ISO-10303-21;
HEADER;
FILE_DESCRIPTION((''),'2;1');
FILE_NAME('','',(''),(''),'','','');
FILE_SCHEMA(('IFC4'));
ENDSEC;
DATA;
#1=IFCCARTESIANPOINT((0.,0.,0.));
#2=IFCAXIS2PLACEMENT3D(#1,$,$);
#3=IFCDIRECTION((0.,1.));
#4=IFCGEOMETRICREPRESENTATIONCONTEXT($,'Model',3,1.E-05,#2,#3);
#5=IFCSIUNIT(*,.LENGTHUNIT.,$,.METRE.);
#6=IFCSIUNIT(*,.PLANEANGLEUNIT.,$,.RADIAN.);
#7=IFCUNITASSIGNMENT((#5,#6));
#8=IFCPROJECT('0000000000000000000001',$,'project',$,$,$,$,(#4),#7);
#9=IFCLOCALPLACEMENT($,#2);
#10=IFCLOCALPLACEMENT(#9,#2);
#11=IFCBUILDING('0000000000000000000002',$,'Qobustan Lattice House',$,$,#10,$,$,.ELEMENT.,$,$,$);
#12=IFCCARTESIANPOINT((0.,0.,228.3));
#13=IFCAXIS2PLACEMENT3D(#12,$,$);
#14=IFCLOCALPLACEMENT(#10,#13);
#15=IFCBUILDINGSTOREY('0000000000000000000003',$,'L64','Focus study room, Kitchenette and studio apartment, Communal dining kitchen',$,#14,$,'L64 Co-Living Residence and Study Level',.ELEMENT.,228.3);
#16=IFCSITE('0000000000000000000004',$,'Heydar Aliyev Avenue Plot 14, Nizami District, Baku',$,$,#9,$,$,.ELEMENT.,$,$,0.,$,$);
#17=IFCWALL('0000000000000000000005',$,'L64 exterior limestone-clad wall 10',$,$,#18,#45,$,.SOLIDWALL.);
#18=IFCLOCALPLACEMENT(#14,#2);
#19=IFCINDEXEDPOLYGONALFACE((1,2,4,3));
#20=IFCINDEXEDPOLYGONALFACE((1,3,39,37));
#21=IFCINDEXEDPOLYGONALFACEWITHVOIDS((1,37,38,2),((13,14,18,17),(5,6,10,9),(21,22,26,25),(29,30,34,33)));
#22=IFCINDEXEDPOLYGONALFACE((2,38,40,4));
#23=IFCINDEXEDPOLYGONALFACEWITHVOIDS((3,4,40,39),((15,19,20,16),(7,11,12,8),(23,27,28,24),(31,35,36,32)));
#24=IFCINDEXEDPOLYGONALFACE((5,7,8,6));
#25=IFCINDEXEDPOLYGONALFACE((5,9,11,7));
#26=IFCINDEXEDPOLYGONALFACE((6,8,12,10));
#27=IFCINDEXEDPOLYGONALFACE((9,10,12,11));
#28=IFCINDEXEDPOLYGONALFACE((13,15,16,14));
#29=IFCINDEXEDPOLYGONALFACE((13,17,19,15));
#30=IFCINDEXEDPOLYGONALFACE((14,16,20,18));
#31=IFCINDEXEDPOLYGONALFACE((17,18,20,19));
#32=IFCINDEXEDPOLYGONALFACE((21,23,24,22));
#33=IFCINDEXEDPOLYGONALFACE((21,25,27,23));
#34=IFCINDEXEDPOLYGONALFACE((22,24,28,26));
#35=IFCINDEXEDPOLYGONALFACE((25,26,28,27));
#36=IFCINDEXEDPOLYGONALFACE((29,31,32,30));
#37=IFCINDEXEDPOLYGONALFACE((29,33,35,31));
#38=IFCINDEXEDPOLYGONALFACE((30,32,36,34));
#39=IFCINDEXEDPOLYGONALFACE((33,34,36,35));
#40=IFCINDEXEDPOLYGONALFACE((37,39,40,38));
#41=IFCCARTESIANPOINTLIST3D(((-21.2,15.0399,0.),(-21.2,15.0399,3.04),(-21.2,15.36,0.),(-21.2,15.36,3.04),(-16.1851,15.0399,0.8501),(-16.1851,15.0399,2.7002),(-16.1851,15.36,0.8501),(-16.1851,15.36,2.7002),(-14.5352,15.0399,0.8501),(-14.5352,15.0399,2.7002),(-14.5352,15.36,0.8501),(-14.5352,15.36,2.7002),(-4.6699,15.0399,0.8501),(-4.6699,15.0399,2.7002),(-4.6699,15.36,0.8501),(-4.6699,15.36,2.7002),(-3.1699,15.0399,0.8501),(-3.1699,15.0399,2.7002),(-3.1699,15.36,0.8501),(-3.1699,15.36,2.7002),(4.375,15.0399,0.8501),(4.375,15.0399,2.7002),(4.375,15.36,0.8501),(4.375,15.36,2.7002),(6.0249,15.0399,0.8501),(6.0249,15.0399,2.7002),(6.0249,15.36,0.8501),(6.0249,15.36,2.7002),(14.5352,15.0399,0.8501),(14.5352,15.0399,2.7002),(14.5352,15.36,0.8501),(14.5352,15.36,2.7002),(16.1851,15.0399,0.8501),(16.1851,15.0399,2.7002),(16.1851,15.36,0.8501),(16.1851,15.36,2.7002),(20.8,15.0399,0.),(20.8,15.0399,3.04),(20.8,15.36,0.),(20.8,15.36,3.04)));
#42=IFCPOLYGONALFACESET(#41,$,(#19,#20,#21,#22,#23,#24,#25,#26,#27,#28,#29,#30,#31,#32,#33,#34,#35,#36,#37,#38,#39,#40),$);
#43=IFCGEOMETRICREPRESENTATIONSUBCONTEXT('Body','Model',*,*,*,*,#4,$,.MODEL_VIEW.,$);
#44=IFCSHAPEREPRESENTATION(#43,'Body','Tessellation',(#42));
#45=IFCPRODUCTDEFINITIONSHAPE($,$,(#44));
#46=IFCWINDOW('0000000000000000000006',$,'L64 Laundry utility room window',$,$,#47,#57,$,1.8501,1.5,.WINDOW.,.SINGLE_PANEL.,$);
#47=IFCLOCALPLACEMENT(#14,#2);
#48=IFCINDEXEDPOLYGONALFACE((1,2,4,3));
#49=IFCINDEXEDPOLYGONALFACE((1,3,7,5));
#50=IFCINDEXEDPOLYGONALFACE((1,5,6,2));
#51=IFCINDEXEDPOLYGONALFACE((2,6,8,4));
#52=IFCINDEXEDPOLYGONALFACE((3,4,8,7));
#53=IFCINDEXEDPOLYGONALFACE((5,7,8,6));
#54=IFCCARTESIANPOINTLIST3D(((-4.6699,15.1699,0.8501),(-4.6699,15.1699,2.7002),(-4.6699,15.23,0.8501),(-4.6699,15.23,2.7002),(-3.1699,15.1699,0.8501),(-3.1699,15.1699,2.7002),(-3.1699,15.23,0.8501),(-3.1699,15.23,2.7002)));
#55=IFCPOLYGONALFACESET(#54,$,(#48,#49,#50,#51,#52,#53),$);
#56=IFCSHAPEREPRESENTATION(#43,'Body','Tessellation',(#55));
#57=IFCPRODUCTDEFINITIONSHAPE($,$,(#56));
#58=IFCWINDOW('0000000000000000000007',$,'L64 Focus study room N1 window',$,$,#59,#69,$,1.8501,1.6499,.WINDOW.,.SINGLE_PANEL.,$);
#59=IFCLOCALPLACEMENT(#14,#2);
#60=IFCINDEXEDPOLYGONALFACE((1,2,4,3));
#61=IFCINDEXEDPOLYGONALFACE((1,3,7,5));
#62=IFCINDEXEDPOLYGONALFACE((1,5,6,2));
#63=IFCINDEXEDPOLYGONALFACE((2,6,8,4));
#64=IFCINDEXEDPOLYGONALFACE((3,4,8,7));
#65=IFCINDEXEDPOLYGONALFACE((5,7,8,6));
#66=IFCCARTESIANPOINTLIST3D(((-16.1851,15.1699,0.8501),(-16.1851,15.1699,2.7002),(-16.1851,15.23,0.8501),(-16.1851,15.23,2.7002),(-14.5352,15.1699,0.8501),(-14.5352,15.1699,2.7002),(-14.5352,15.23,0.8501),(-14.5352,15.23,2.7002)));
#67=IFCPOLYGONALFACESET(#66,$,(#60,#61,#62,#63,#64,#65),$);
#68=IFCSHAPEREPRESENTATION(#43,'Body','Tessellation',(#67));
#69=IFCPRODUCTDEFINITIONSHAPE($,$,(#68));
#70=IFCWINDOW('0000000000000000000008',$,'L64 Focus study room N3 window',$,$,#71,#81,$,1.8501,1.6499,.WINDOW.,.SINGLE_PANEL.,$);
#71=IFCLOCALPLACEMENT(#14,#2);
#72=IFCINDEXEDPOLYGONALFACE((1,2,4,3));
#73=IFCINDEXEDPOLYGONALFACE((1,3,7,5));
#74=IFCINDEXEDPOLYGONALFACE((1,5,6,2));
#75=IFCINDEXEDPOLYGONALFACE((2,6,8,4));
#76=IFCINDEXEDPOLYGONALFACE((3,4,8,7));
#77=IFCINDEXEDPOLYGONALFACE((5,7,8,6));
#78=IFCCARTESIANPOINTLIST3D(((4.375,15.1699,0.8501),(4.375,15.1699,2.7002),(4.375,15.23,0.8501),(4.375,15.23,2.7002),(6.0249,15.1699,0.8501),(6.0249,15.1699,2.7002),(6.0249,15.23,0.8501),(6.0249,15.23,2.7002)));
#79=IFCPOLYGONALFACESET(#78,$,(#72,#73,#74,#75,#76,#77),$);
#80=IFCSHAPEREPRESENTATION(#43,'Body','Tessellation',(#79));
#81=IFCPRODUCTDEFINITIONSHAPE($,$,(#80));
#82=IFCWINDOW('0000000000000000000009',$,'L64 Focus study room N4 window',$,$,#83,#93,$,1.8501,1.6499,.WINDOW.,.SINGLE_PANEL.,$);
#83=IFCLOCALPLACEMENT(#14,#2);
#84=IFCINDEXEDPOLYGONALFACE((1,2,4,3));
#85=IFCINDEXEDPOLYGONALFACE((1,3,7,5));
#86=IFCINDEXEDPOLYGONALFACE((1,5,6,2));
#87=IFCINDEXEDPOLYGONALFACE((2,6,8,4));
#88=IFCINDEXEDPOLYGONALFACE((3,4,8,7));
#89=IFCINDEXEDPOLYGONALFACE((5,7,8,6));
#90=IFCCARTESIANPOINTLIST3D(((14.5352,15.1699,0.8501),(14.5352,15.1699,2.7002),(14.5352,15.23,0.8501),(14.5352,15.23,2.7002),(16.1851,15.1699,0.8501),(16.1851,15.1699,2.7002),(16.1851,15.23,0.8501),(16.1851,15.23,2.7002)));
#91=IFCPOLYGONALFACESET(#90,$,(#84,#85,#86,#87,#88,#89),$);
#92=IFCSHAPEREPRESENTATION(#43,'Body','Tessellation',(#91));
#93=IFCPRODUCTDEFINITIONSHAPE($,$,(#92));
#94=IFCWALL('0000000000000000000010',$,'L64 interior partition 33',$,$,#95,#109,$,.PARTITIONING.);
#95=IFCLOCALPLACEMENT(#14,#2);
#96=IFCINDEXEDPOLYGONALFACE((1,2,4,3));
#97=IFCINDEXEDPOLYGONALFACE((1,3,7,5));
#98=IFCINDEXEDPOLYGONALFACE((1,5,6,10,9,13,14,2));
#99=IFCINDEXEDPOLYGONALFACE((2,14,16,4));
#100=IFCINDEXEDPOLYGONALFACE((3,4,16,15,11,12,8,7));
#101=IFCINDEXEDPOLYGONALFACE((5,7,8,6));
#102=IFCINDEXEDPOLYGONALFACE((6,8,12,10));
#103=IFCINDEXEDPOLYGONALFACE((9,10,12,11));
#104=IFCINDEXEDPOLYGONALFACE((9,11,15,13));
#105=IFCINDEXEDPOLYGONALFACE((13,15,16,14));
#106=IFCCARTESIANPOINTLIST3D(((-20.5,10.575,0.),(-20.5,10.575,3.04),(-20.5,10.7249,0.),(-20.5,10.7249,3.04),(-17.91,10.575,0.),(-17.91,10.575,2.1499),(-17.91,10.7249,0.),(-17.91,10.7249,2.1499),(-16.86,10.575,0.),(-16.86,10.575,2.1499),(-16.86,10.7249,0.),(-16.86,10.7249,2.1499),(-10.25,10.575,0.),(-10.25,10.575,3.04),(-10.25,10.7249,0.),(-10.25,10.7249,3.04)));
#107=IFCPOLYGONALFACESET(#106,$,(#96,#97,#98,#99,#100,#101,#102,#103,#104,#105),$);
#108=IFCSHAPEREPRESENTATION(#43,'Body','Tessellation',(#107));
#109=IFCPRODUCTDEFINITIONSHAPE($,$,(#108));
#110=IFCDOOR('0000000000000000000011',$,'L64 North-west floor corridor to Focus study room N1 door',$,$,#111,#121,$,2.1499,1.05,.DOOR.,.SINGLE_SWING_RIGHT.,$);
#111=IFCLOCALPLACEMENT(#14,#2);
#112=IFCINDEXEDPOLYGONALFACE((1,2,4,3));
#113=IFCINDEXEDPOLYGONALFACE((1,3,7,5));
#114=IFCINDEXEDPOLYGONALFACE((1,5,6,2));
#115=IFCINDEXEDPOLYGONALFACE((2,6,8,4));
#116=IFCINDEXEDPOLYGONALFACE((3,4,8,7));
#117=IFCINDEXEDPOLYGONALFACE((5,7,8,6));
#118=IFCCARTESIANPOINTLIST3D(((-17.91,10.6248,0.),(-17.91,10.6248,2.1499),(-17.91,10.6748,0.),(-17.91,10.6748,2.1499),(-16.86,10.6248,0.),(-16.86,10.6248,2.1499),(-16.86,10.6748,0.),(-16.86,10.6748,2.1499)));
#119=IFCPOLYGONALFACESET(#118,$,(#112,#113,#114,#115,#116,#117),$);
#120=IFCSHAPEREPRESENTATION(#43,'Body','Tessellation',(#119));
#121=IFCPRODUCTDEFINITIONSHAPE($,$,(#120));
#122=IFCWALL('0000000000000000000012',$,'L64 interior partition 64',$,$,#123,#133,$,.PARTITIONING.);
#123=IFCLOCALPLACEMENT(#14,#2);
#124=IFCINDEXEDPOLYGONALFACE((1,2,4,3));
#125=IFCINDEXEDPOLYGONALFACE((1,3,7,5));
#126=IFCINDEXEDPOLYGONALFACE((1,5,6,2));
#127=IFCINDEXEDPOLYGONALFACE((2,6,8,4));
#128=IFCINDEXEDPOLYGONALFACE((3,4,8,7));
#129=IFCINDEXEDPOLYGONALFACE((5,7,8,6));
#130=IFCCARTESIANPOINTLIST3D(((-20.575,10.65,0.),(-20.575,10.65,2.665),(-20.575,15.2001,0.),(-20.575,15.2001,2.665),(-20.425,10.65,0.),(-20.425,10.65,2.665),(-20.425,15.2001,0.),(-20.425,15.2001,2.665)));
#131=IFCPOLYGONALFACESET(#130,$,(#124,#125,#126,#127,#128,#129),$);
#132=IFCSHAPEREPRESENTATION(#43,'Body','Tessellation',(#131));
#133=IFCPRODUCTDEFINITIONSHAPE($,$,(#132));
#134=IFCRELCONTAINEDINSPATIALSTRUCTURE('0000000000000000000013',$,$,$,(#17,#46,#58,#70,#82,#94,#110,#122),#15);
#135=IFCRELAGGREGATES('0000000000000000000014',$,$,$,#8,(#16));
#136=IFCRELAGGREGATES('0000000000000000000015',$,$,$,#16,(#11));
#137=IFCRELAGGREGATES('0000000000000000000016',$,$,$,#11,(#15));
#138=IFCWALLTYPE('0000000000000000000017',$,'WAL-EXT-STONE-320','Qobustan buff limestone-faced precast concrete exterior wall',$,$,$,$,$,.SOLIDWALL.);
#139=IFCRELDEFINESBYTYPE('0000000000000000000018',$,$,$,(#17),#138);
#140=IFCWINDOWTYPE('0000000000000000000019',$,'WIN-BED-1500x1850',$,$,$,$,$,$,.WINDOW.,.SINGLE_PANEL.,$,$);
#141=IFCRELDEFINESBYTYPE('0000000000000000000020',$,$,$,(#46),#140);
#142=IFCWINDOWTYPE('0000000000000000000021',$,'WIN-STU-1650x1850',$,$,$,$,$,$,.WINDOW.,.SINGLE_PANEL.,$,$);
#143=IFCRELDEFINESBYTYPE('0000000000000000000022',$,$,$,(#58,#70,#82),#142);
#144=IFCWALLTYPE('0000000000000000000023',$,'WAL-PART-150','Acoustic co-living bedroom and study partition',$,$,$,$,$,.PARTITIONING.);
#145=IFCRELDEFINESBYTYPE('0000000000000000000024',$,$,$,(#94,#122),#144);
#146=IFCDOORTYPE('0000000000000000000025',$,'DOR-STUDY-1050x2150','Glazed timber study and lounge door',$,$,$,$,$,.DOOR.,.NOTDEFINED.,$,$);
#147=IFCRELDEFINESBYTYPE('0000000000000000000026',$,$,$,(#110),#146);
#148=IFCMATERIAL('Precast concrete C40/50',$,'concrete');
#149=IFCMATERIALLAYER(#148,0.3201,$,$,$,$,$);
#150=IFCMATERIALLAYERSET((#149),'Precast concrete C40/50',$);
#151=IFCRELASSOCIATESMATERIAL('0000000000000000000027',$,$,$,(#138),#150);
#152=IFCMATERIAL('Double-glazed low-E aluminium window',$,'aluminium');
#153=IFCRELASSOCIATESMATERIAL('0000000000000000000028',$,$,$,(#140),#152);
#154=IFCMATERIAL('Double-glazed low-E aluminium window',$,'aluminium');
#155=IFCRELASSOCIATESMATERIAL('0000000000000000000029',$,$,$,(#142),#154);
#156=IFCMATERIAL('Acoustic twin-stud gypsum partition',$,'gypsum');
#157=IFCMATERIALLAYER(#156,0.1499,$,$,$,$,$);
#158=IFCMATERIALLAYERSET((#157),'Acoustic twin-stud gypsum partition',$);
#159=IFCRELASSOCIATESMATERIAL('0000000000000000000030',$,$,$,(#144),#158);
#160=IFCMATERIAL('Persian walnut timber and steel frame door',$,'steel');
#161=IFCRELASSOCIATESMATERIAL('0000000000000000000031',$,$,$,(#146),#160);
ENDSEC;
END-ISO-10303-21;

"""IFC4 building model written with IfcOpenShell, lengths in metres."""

from ifc_helpers import new_model, si_unit, direction, frame, frame_2d, origin, place, context, subcontext, project, spatial, rectangle, extrude, material, layer, layer_set, type_object, element, fill, save


model = new_model("IFC4")

# Units and contexts
model_context = context("Model", 3, precision=1e-05, world=origin(), true_north=direction((0.0, 1.0)))
body_context = subcontext(model_context, "Body", "Model", "MODEL_VIEW")
ifc_project = project(units=[si_unit("LENGTHUNIT", "METRE"), si_unit("PLANEANGLEUNIT", "RADIAN")], contexts=[model_context])

# Site, building, storey
site_placement = place(None, origin())
site = spatial("IfcSite", under=ifc_project, at=site_placement, Name="Heydar Aliyev Avenue Plot 14, Nizami District, Baku", CompositionType="ELEMENT", RefElevation=0.0)
building_placement = place(site_placement, origin())
building = spatial("IfcBuilding", under=site, at=building_placement, Name="Qobustan Lattice House", CompositionType="ELEMENT")
storey_placement = place(building_placement, frame((0.0, 0.0, 228.3)))
storey = spatial("IfcBuildingStorey", under=building, at=storey_placement, Name="L64", Description="Focus study room, Kitchenette and studio apartment, Communal dining kitchen", LongName="L64 Co-Living Residence and Study Level", CompositionType="ELEMENT", Elevation=228.3)

# Shared definitions
ifc_material_1 = material(Name="Precast concrete C40/50", Category="concrete")
ifc_layer_1 = layer(ifc_material_1, 0.3201)
ifc_layer_set_1 = layer_set([ifc_layer_1], Name="Precast concrete C40/50")
wall_type_1 = type_object("IfcWallType", Name="WAL-EXT-STONE-320", Description="Qobustan buff limestone-faced precast concrete exterior wall", PredefinedType="SOLIDWALL", material=ifc_layer_set_1)

# Wall, openings, windows
wall_1_placement = place(storey_placement, frame((-21.2, 15.2, 0.0), z_axis=(0.0, 0.0, 1.0), x_axis=(1.0, 0.0, 0.0)))
wall_1 = element("IfcWall", 1, at=wall_1_placement, inside=storey, type_object=wall_type_1, Name="L64 exterior limestone-clad wall 10", PredefinedType="SOLIDWALL", context=body_context, shape_type="SweptSolid", body=[
    extrude(rectangle(XDim=42.0, YDim=0.3201, at=frame_2d((21.0, 0.0))), origin(), (0.0, 0.0, 1.0), 3.04),
])
opening_1_placement = place(wall_1_placement, frame((5.0149, 0.0, 0.8501)))
opening_1 = element("IfcOpeningElement", 2, at=opening_1_placement, cuts=wall_1, PredefinedType="OPENING", context=body_context, shape_type="SweptSolid", body=[
    extrude(rectangle(XDim=1.6499, YDim=1.8501, at=frame_2d((0.825, 0.925))), frame((0.0, 0.1699, 0.0), z_axis=(0.0, -1.0, 0.0), x_axis=(1.0, 0.0, 0.0)), (0.0, 0.0, 1.0), 0.3401),
])
opening_2_placement = place(wall_1_placement, frame((16.53, 0.0, 0.8501)))
opening_2 = element("IfcOpeningElement", 3, at=opening_2_placement, cuts=wall_1, PredefinedType="OPENING", context=body_context, shape_type="SweptSolid", body=[
    extrude(rectangle(XDim=1.5, YDim=1.8501, at=frame_2d((0.75, 0.925))), frame((0.0, 0.1699, 0.0), z_axis=(0.0, -1.0, 0.0), x_axis=(1.0, 0.0, 0.0)), (0.0, 0.0, 1.0), 0.3401),
])
opening_3_placement = place(wall_1_placement, frame((25.575, 0.0, 0.8501)))
opening_3 = element("IfcOpeningElement", 4, at=opening_3_placement, cuts=wall_1, PredefinedType="OPENING", context=body_context, shape_type="SweptSolid", body=[
    extrude(rectangle(XDim=1.6499, YDim=1.8501, at=frame_2d((0.825, 0.925))), frame((0.0, 0.1699, 0.0), z_axis=(0.0, -1.0, 0.0), x_axis=(1.0, 0.0, 0.0)), (0.0, 0.0, 1.0), 0.3401),
])
opening_4_placement = place(wall_1_placement, frame((35.7351, 0.0, 0.8501)))
opening_4 = element("IfcOpeningElement", 5, at=opening_4_placement, cuts=wall_1, PredefinedType="OPENING", context=body_context, shape_type="SweptSolid", body=[
    extrude(rectangle(XDim=1.6499, YDim=1.8501, at=frame_2d((0.825, 0.925))), frame((0.0, 0.1699, 0.0), z_axis=(0.0, -1.0, 0.0), x_axis=(1.0, 0.0, 0.0)), (0.0, 0.0, 1.0), 0.3401),
])
ifc_material_2 = material(Name="Double-glazed low-E aluminium window", Category="aluminium")
window_type_1 = type_object("IfcWindowType", Name="WIN-BED-1500x1850", PartitioningType="SINGLE_PANEL", PredefinedType="WINDOW", material=ifc_material_2)
window_1_placement = place(opening_2_placement, origin())
window_1 = element("IfcWindow", 6, at=window_1_placement, inside=storey, type_object=window_type_1, Name="L64 Laundry utility room window", OverallHeight=1.8501, OverallWidth=1.5, PartitioningType="SINGLE_PANEL", PredefinedType="WINDOW", context=body_context, shape_type="SweptSolid", body=[
    extrude(rectangle(XDim=1.5, YDim=1.8501, at=frame_2d((0.75, 0.925))), frame((0.0, 0.03, 0.0), z_axis=(0.0, -1.0, 0.0), x_axis=(1.0, 0.0, 0.0)), (0.0, 0.0, 1.0), 0.0601),
])
fill(opening_2, window_1)
ifc_material_3 = material(Name="Double-glazed low-E aluminium window", Category="aluminium")
window_type_2 = type_object("IfcWindowType", Name="WIN-STU-1650x1850", PartitioningType="SINGLE_PANEL", PredefinedType="WINDOW", material=ifc_material_3)
window_2_placement = place(opening_1_placement, origin())
window_2 = element("IfcWindow", 7, at=window_2_placement, inside=storey, type_object=window_type_2, Name="L64 Focus study room N1 window", OverallHeight=1.8501, OverallWidth=1.6499, PartitioningType="SINGLE_PANEL", PredefinedType="WINDOW", context=body_context, shape_type="SweptSolid", body=[
    extrude(rectangle(XDim=1.6499, YDim=1.8501, at=frame_2d((0.825, 0.925))), frame((0.0, 0.03, 0.0), z_axis=(0.0, -1.0, 0.0), x_axis=(1.0, 0.0, 0.0)), (0.0, 0.0, 1.0), 0.0601),
])
fill(opening_1, window_2)
window_3_placement = place(opening_3_placement, origin())
window_3 = element("IfcWindow", 8, at=window_3_placement, inside=storey, type_object=window_type_2, Name="L64 Focus study room N3 window", OverallHeight=1.8501, OverallWidth=1.6499, PartitioningType="SINGLE_PANEL", PredefinedType="WINDOW", context=body_context, shape_type="SweptSolid", body=[
    extrude(rectangle(XDim=1.6499, YDim=1.8501, at=frame_2d((0.825, 0.925))), frame((0.0, 0.03, 0.0), z_axis=(0.0, -1.0, 0.0), x_axis=(1.0, 0.0, 0.0)), (0.0, 0.0, 1.0), 0.0601),
])
fill(opening_3, window_3)
window_4_placement = place(opening_4_placement, origin())
window_4 = element("IfcWindow", 9, at=window_4_placement, inside=storey, type_object=window_type_2, Name="L64 Focus study room N4 window", OverallHeight=1.8501, OverallWidth=1.6499, PartitioningType="SINGLE_PANEL", PredefinedType="WINDOW", context=body_context, shape_type="SweptSolid", body=[
    extrude(rectangle(XDim=1.6499, YDim=1.8501, at=frame_2d((0.825, 0.925))), frame((0.0, 0.03, 0.0), z_axis=(0.0, -1.0, 0.0), x_axis=(1.0, 0.0, 0.0)), (0.0, 0.0, 1.0), 0.0601),
])
fill(opening_4, window_4)

# Wall, opening, door
ifc_material_4 = material(Name="Acoustic twin-stud gypsum partition", Category="gypsum")
ifc_layer_2 = layer(ifc_material_4, 0.1499)
ifc_layer_set_2 = layer_set([ifc_layer_2], Name="Acoustic twin-stud gypsum partition")
wall_type_2 = type_object("IfcWallType", Name="WAL-PART-150", Description="Acoustic co-living bedroom and study partition", PredefinedType="PARTITIONING", material=ifc_layer_set_2)
wall_2_placement = place(storey_placement, frame((-20.5, 10.6499, 0.0), z_axis=(0.0, 0.0, 1.0), x_axis=(1.0, 0.0, 0.0)))
wall_2 = element("IfcWall", 10, at=wall_2_placement, inside=storey, type_object=wall_type_2, Name="L64 interior partition 33", PredefinedType="PARTITIONING", context=body_context, shape_type="SweptSolid", body=[
    extrude(rectangle(XDim=10.25, YDim=0.1499, at=frame_2d((5.125, 0.0))), origin(), (0.0, 0.0, 1.0), 3.04),
])
opening_5_placement = place(wall_2_placement, frame((2.5901, 0.0, 0.0)))
opening_5 = element("IfcOpeningElement", 11, at=opening_5_placement, cuts=wall_2, PredefinedType="OPENING", context=body_context, shape_type="SweptSolid", body=[
    extrude(rectangle(XDim=1.05, YDim=2.1499, at=frame_2d((0.5249, 1.075))), frame((0.0, 0.085, 0.0), z_axis=(0.0, -1.0, 0.0), x_axis=(1.0, 0.0, 0.0)), (0.0, 0.0, 1.0), 0.1699),
])
ifc_material_5 = material(Name="Persian walnut timber and steel frame door", Category="steel")
door_type = type_object("IfcDoorType", Name="DOR-STUDY-1050x2150", Description="Glazed timber study and lounge door", OperationType="NOTDEFINED", PredefinedType="DOOR", material=ifc_material_5)
door_placement = place(opening_5_placement, origin())
door = element("IfcDoor", 12, at=door_placement, inside=storey, type_object=door_type, Name="L64 North-west floor corridor to Focus study room N1 door", OperationType="SINGLE_SWING_RIGHT", OverallHeight=2.1499, OverallWidth=1.05, PredefinedType="DOOR", context=body_context, shape_type="SweptSolid", body=[
    extrude(rectangle(XDim=1.05, YDim=2.1499, at=frame_2d((0.5249, 1.075))), frame((0.0, 0.0249, 0.0), z_axis=(0.0, -1.0, 0.0), x_axis=(1.0, 0.0, 0.0)), (0.0, 0.0, 1.0), 0.05),
])
fill(opening_5, door)

# Wall
wall_3_placement = place(storey_placement, frame((-20.5, 15.2, 0.0), z_axis=(0.0, 0.0, 1.0), x_axis=(0.0, -1.0, 0.0)))
element("IfcWall", 13, at=wall_3_placement, inside=storey, type_object=wall_type_2, Name="L64 interior partition 64", PredefinedType="PARTITIONING", context=body_context, shape_type="SweptSolid", body=[
    extrude(rectangle(XDim=4.55, YDim=0.1499, at=frame_2d((2.2749, 0.0))), origin(), (0.0, 0.0, 1.0), 2.665),
])

save(model, "model.ifc")
